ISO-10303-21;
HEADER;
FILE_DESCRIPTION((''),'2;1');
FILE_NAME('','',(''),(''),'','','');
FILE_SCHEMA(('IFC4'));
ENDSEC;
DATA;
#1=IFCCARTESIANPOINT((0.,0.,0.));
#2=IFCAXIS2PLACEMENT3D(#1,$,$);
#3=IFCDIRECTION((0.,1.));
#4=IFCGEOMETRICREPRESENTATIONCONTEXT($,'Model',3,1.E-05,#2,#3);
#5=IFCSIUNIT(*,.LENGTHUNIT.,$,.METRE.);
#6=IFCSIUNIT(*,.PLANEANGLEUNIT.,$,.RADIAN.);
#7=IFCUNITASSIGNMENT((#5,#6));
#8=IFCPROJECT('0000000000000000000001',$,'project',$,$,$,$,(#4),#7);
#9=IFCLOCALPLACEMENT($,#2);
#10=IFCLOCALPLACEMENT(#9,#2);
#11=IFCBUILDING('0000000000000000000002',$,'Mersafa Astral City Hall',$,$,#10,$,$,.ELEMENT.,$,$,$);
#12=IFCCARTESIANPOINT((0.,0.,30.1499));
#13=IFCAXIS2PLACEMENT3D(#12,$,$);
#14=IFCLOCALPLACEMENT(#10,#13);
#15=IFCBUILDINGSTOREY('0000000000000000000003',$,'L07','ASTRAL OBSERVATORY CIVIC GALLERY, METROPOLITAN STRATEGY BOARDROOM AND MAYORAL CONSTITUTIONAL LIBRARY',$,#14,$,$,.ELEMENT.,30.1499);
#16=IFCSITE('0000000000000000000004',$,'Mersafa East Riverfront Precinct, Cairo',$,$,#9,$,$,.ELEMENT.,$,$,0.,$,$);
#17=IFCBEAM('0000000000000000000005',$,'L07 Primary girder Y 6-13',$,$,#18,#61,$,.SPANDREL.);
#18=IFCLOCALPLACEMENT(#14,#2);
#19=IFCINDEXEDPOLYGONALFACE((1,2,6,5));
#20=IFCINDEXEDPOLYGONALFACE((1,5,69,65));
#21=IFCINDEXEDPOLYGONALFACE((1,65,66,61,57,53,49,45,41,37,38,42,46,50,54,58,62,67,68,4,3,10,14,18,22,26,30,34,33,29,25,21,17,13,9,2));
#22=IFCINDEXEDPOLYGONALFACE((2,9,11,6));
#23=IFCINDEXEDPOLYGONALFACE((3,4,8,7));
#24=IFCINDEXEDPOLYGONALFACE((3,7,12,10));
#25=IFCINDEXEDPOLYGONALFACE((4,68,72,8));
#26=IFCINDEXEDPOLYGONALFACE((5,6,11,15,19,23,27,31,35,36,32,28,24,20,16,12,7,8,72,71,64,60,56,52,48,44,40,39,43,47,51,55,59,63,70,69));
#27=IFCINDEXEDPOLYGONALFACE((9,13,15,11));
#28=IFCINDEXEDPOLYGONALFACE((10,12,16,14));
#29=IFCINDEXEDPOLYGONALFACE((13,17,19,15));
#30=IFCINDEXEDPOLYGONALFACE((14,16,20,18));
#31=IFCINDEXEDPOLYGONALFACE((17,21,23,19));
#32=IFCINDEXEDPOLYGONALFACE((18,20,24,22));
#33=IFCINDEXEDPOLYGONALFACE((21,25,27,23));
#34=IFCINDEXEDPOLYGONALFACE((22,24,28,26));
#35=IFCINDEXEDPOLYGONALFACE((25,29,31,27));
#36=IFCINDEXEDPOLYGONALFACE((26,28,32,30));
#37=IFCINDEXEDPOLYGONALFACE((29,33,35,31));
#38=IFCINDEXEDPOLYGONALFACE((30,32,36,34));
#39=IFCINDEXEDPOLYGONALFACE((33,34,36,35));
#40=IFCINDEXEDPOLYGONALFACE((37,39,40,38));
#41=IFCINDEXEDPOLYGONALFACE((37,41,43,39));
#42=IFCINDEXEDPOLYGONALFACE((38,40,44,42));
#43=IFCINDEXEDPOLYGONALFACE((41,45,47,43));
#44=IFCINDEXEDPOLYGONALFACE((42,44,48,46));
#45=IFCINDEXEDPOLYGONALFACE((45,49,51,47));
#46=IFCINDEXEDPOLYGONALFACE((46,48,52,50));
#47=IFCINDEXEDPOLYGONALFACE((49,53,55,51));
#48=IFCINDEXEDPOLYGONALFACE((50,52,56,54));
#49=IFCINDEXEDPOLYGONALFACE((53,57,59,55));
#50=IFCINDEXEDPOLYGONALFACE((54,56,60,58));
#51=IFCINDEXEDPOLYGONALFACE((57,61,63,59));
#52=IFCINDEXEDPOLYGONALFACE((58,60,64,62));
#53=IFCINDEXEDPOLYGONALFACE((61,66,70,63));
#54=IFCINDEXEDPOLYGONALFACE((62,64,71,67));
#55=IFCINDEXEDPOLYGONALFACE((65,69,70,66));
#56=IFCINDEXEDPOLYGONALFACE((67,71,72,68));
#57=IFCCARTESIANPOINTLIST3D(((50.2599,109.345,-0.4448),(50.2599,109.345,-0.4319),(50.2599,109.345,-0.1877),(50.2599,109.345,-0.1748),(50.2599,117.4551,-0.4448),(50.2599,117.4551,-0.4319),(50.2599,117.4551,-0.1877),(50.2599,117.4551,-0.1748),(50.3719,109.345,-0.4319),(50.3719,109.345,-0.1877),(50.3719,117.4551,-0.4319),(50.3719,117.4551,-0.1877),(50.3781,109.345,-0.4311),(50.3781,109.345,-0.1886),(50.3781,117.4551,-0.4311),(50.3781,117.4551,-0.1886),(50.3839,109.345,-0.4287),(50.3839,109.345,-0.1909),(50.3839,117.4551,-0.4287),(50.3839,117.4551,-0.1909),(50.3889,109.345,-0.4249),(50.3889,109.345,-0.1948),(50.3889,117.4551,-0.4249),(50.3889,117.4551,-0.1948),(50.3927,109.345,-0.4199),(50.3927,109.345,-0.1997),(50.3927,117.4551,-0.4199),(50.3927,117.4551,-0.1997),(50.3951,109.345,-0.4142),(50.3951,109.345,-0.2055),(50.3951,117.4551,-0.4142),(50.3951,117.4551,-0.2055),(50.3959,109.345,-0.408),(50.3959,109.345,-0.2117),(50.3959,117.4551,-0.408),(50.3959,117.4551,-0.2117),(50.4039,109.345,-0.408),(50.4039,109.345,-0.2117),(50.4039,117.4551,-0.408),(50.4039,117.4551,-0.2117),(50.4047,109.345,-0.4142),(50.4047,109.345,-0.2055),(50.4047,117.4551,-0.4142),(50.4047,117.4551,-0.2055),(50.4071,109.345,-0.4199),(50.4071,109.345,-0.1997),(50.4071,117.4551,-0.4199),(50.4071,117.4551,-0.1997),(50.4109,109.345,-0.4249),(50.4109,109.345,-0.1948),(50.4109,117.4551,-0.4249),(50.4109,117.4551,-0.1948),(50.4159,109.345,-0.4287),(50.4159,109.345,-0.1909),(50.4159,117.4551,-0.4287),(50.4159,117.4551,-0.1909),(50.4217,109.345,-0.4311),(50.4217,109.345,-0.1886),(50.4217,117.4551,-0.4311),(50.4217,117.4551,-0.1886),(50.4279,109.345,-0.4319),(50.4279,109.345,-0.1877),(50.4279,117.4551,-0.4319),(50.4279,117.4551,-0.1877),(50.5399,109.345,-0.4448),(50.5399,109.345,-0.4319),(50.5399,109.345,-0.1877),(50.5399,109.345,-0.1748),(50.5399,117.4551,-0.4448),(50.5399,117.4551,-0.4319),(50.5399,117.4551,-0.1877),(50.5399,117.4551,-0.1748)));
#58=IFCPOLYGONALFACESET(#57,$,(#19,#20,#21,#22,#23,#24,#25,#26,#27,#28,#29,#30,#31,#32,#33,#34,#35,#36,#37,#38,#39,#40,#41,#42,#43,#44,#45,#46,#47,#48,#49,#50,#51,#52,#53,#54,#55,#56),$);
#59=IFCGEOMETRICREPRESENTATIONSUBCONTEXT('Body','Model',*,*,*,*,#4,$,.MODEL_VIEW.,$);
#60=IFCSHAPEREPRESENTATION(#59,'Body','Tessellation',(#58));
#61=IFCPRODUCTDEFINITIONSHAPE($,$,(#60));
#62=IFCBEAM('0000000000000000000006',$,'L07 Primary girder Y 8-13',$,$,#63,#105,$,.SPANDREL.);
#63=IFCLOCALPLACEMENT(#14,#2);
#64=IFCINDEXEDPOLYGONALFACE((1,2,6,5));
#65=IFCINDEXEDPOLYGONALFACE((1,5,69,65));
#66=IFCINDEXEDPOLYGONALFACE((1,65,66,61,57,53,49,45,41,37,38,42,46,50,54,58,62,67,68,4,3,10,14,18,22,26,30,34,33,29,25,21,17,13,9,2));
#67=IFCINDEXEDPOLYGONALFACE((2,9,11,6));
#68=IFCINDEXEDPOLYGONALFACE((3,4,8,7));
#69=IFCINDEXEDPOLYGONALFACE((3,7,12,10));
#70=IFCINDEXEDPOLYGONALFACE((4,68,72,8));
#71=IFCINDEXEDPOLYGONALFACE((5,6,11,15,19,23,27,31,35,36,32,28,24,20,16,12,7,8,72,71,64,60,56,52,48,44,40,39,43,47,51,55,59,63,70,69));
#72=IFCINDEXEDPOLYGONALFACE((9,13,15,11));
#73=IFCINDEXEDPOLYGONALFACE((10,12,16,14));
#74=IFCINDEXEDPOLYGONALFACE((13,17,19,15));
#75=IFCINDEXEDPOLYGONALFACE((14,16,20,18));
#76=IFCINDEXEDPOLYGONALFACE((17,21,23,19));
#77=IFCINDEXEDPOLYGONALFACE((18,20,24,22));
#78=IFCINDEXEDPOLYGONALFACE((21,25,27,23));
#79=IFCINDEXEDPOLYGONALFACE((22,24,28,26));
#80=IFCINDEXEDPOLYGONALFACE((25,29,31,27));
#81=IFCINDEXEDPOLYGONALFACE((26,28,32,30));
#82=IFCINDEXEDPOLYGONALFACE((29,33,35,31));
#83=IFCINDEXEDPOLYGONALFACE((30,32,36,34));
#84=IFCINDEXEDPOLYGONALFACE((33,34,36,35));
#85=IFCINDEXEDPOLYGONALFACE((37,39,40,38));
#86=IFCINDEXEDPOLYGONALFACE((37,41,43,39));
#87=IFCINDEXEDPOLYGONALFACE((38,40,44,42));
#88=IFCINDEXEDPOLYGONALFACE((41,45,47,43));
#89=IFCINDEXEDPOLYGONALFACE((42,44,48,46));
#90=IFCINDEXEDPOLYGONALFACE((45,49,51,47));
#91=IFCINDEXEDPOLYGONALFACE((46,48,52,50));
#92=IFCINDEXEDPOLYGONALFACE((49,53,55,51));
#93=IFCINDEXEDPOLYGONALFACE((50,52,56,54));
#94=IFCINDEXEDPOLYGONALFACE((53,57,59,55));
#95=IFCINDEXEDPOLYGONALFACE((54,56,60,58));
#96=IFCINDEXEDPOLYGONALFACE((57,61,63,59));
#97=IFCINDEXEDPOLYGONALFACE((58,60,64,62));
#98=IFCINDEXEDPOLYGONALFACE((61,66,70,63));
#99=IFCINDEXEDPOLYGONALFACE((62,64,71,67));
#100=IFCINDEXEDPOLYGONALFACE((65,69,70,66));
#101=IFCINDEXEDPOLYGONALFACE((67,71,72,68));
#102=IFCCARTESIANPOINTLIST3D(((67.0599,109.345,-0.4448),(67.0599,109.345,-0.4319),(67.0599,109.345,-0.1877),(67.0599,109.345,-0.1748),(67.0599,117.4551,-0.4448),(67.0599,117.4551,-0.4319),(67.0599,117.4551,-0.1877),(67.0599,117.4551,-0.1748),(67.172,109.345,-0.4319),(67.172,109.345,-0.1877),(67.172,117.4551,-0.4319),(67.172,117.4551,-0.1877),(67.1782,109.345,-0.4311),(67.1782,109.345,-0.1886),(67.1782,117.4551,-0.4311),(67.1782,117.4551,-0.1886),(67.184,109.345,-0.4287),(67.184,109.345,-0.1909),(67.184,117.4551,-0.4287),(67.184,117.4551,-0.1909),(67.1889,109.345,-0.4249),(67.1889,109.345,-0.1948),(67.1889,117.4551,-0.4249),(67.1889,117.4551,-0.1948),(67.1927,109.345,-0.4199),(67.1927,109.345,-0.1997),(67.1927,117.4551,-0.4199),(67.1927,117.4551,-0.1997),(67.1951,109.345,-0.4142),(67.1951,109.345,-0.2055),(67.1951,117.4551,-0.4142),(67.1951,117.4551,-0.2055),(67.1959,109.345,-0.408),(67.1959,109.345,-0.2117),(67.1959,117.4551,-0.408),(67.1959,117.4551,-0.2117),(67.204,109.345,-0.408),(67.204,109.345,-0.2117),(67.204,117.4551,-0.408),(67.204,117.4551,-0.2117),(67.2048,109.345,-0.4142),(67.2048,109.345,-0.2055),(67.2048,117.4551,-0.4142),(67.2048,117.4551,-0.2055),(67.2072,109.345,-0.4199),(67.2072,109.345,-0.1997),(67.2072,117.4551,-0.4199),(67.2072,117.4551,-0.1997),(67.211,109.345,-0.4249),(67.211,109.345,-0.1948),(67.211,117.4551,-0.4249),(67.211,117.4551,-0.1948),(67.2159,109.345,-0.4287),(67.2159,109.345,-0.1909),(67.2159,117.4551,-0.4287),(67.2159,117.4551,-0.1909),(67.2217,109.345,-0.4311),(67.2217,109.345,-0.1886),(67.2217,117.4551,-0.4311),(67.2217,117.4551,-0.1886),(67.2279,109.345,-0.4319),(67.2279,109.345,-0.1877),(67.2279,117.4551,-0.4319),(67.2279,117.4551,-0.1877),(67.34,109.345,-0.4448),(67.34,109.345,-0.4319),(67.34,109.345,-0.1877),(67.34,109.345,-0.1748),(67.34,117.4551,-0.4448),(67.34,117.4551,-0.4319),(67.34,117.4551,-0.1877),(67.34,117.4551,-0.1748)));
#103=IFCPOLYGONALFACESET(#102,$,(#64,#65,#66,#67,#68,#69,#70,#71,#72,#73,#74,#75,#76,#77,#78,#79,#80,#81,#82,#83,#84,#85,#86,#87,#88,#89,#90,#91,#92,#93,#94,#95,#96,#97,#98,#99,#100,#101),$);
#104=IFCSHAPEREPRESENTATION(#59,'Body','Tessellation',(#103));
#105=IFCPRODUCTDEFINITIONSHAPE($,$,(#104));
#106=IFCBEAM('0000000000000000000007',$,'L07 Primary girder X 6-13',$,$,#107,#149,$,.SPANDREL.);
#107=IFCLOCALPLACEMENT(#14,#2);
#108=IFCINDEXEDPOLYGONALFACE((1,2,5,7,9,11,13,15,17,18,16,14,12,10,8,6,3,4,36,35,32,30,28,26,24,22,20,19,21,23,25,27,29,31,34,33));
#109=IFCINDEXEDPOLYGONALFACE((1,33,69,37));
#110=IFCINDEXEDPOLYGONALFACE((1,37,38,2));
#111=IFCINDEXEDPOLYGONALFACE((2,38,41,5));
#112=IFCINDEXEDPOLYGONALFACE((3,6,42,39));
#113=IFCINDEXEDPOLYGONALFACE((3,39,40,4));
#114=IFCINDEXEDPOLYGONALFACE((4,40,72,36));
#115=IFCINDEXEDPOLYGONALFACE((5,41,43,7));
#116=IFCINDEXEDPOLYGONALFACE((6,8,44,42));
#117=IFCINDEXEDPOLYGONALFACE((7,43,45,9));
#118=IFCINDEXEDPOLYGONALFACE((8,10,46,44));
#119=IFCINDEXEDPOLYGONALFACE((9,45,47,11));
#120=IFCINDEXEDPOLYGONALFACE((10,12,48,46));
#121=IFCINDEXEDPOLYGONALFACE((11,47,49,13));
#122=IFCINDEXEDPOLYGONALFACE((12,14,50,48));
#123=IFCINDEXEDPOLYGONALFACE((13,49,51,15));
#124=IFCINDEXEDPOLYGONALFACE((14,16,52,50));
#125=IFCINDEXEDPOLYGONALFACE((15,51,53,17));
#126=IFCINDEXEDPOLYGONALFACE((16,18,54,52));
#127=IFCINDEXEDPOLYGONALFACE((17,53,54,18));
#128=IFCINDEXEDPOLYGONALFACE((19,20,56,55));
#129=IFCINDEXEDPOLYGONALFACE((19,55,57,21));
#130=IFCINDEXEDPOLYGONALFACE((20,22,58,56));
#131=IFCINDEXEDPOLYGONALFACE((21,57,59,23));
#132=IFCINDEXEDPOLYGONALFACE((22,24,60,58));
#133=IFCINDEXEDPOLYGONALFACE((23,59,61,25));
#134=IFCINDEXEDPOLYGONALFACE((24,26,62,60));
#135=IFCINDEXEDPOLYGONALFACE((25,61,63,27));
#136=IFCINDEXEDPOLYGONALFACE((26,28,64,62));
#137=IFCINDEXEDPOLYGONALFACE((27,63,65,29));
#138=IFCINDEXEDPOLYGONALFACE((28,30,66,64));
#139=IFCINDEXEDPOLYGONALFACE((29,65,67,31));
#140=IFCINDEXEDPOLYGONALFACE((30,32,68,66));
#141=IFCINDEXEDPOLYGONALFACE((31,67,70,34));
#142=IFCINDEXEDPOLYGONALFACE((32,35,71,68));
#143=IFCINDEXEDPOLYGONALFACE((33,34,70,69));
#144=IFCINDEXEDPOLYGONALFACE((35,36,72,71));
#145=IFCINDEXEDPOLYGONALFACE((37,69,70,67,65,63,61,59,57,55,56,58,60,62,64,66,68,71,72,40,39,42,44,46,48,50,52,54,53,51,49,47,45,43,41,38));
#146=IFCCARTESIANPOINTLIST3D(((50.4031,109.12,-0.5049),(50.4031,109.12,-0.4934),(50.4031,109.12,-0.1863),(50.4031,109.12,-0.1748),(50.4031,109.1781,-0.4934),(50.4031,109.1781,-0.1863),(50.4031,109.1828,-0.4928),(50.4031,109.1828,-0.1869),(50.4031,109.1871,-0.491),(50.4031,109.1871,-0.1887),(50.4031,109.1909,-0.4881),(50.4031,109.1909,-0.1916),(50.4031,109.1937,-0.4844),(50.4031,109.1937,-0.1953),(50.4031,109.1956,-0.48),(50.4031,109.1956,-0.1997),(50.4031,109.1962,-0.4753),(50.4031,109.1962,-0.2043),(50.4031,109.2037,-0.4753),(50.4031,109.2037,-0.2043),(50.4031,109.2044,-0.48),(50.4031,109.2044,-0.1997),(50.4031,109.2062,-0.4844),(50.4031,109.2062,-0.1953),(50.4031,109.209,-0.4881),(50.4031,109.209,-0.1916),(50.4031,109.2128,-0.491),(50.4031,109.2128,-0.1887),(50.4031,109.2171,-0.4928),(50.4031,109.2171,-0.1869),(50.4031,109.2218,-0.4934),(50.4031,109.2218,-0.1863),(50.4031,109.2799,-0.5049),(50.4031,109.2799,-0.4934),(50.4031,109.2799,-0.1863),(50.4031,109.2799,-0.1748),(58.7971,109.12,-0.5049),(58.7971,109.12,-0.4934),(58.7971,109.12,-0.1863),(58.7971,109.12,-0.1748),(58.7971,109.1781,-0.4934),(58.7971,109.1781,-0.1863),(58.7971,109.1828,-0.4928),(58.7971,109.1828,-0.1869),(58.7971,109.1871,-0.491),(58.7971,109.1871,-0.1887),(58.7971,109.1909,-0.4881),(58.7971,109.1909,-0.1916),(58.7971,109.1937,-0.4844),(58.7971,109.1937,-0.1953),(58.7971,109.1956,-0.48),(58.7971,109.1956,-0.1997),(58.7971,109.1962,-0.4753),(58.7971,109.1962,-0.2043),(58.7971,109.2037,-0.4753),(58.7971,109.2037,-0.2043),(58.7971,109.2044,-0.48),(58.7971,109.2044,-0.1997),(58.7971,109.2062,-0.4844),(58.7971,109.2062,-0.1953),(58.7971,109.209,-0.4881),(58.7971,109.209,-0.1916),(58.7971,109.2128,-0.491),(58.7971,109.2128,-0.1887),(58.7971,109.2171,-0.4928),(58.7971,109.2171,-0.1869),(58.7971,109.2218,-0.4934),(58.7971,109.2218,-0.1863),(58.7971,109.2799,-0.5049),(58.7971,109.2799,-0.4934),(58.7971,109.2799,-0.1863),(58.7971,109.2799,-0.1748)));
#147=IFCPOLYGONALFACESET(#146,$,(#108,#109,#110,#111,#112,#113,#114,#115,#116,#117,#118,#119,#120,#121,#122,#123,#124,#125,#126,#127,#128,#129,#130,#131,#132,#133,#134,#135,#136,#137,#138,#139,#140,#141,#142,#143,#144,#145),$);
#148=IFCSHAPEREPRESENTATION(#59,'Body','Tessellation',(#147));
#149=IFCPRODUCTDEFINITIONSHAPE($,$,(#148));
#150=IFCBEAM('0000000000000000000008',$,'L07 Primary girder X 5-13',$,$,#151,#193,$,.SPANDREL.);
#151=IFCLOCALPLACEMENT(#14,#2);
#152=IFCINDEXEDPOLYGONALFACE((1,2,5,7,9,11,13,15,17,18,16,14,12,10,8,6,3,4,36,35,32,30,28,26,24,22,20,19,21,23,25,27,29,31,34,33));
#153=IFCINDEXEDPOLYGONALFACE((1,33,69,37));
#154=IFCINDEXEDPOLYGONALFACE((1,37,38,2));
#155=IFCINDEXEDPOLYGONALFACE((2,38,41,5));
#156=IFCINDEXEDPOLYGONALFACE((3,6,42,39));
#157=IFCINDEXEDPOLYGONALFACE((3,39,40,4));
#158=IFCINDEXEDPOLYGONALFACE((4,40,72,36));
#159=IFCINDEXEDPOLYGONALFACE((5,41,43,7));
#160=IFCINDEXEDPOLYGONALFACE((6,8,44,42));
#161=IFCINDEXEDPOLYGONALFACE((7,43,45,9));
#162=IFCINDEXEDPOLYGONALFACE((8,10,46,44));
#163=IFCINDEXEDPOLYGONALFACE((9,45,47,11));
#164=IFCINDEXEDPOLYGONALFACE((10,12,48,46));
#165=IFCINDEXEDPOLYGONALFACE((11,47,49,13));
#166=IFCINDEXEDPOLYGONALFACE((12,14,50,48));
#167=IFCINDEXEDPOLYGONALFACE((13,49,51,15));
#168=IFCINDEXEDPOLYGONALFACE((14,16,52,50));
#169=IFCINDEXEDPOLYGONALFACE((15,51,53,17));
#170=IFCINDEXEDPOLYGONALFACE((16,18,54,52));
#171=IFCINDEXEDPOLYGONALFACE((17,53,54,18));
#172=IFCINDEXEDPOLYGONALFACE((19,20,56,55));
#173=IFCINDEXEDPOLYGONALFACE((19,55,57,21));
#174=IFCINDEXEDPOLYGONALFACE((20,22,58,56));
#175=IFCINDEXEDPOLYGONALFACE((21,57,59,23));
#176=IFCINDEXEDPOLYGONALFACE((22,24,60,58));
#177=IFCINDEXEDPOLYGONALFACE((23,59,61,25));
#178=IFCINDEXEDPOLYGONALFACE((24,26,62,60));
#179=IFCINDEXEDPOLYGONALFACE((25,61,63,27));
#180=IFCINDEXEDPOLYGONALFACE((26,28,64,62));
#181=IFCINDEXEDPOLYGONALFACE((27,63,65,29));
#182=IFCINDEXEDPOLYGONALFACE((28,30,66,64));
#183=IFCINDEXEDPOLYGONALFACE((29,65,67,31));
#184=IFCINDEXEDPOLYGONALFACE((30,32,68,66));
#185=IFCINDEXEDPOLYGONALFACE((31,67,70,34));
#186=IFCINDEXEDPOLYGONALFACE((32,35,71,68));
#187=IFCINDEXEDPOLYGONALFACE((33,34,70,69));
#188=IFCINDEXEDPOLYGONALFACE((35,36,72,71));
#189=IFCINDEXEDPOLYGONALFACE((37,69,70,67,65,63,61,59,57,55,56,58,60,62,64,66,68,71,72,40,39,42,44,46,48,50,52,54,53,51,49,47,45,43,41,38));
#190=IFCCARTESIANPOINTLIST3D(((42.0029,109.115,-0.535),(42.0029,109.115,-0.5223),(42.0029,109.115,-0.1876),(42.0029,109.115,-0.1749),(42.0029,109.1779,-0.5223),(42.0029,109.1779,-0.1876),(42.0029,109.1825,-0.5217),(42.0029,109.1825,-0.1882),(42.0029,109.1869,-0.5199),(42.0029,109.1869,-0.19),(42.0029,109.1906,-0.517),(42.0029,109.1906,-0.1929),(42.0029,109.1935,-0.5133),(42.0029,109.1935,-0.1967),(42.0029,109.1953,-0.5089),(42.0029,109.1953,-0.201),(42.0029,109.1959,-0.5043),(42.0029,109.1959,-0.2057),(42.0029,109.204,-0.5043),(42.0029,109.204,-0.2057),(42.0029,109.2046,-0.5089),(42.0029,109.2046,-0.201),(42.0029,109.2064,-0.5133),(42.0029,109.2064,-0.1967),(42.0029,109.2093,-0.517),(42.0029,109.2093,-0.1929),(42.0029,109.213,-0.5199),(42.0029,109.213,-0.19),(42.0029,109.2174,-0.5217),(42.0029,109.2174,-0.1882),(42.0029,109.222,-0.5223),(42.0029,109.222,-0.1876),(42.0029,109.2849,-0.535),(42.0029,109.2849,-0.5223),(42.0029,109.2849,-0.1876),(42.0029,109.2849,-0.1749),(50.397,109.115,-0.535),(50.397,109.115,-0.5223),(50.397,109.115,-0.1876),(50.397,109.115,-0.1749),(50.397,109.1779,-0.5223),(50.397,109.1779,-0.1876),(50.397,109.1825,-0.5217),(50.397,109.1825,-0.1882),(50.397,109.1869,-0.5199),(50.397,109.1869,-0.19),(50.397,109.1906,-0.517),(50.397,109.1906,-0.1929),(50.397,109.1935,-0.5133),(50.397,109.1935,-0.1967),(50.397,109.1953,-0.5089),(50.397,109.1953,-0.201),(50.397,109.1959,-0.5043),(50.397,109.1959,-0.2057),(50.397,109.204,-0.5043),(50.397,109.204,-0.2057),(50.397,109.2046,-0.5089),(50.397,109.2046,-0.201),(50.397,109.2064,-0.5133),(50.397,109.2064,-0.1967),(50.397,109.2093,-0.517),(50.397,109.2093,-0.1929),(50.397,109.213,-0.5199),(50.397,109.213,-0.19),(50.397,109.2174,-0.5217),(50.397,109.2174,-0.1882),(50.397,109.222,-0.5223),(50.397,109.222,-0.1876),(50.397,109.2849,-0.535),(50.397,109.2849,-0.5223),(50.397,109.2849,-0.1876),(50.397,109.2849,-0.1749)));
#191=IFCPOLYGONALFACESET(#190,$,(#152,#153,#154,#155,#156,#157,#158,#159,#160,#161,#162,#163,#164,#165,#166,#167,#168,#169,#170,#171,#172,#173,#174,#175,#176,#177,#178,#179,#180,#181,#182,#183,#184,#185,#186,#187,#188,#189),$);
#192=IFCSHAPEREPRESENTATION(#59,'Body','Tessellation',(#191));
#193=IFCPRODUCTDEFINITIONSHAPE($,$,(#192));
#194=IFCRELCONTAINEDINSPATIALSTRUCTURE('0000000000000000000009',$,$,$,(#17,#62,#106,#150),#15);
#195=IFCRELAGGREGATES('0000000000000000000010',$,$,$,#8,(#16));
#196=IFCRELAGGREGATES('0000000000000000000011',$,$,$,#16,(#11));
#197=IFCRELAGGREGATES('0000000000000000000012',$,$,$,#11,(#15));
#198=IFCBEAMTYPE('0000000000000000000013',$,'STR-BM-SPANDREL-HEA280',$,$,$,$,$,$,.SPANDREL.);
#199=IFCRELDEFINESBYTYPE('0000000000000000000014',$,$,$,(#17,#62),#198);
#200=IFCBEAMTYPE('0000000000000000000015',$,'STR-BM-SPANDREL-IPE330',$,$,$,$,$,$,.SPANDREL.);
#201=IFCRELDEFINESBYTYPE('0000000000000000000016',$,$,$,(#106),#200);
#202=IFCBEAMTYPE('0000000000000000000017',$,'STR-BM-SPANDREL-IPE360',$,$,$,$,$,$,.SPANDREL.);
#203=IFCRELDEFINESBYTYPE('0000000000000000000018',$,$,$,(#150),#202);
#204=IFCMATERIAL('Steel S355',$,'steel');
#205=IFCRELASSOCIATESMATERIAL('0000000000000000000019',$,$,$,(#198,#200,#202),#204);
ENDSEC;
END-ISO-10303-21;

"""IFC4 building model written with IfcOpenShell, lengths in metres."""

from ifc_helpers import new_model, si_unit, direction, frame, origin, origin_2d, place, context, subcontext, project, spatial, i_section, extrude, material, material_profile, profile_set, type_object, element, save


model = new_model("IFC4")

# Units and contexts
model_context = context("Model", 3, precision=1e-05, world=origin(), true_north=direction((0.0, 1.0)))
body_context = subcontext(model_context, "Body", "Model", "MODEL_VIEW")
ifc_project = project(units=[si_unit("LENGTHUNIT", "METRE"), si_unit("PLANEANGLEUNIT", "RADIAN")], contexts=[model_context])

# Site, building, storey
site_placement = place(None, origin())
site = spatial("IfcSite", under=ifc_project, at=site_placement, Name="Mersafa East Riverfront Precinct, Cairo", CompositionType="ELEMENT", RefElevation=0.0)
building_placement = place(site_placement, origin())
building = spatial("IfcBuilding", under=site, at=building_placement, Name="Mersafa Astral City Hall", CompositionType="ELEMENT")
storey_placement = place(building_placement, frame((0.0, 0.0, 30.1499)))
storey = spatial("IfcBuildingStorey", under=building, at=storey_placement, Name="L07", Description="ASTRAL OBSERVATORY CIVIC GALLERY, METROPOLITAN STRATEGY BOARDROOM AND MAYORAL CONSTITUTIONAL LIBRARY", CompositionType="ELEMENT", Elevation=30.1499)

# Beams
ifc_material_1 = material(Name="Steel S355", Category="steel")
ifc_material_profile_1 = material_profile(ifc_material_1, i_section(OverallWidth=0.28, OverallDepth=0.27, WebThickness=0.0081, FlangeThickness=0.0129, FilletRadius=0.0239, at=origin_2d()), Name="HEA 280")
ifc_profile_set_1 = profile_set([ifc_material_profile_1], Name="Steel S355")
beam_type_1 = type_object("IfcBeamType", Name="STR-BM-SPANDREL-HEA280", PredefinedType="SPANDREL", material=ifc_profile_set_1)
for number, where, z_axis, x_axis, name in (
    (1, (50.3999, 109.345, -0.3098), (0.0, 1.0, 0.0), (-1.0, 0.0, 0.0), "L07 Primary girder Y 6-13"),
    (2, (67.2, 109.345, -0.3098), (0.0, 1.0, 0.0), (-1.0, 0.0, 0.0), "L07 Primary girder Y 8-13"),
):
    element("IfcBeam", number, at=place(storey_placement, frame(where, z_axis=z_axis, x_axis=x_axis)), inside=storey, type_object=beam_type_1, Name=name, PredefinedType="SPANDREL", context=body_context, shape_type="SweptSolid", body=[
        extrude(i_section(OverallWidth=0.28, OverallDepth=0.27, WebThickness=0.0081, FlangeThickness=0.0129, FilletRadius=0.0239, at=origin_2d()), origin(), (0.0, 0.0, 1.0), 8.1101),
    ])
ifc_material_profile_2 = material_profile(ifc_material_1, i_section(OverallWidth=0.1599, OverallDepth=0.3301, WebThickness=0.0076, FlangeThickness=0.0115, FilletRadius=0.0181, at=origin_2d()), Name="IPE 330")
ifc_profile_set_2 = profile_set([ifc_material_profile_2], Name="Steel S355")
beam_type_2 = type_object("IfcBeamType", Name="STR-BM-SPANDREL-IPE330", PredefinedType="SPANDREL", material=ifc_profile_set_2)
beam_1_placement = place(storey_placement, frame((50.4031, 109.2, -0.3398), z_axis=(1.0, 0.0, 0.0), x_axis=(0.0, 1.0, 0.0)))
element("IfcBeam", 3, at=beam_1_placement, inside=storey, type_object=beam_type_2, Name="L07 Primary girder X 6-13", PredefinedType="SPANDREL", context=body_context, shape_type="SweptSolid", body=[
    extrude(i_section(OverallWidth=0.1599, OverallDepth=0.3301, WebThickness=0.0076, FlangeThickness=0.0115, FilletRadius=0.0181, at=origin_2d()), origin(), (0.0, 0.0, 1.0), 8.394),
])
ifc_material_profile_3 = material_profile(ifc_material_1, i_section(OverallWidth=0.1699, OverallDepth=0.3601, WebThickness=0.0081, FlangeThickness=0.0127, FilletRadius=0.0181, at=origin_2d()), Name="IPE 360")
ifc_profile_set_3 = profile_set([ifc_material_profile_3], Name="Steel S355")
beam_type_3 = type_object("IfcBeamType", Name="STR-BM-SPANDREL-IPE360", PredefinedType="SPANDREL", material=ifc_profile_set_3)
for number, where, z_axis, x_axis, name in (
    (4, (42.0029, 109.2, -0.355), (1.0, 0.0, 0.0), (0.0, 1.0, 0.0), "L07 Primary girder X 5-13"),
):
    element("IfcBeam", number, at=place(storey_placement, frame(where, z_axis=z_axis, x_axis=x_axis)), inside=storey, type_object=beam_type_3, Name=name, PredefinedType="SPANDREL", context=body_context, shape_type="SweptSolid", body=[
        extrude(i_section(OverallWidth=0.1699, OverallDepth=0.3601, WebThickness=0.0081, FlangeThickness=0.0127, FilletRadius=0.0181, at=origin_2d()), origin(), (0.0, 0.0, 1.0), 8.394),
    ])

save(model, "model.ifc")
